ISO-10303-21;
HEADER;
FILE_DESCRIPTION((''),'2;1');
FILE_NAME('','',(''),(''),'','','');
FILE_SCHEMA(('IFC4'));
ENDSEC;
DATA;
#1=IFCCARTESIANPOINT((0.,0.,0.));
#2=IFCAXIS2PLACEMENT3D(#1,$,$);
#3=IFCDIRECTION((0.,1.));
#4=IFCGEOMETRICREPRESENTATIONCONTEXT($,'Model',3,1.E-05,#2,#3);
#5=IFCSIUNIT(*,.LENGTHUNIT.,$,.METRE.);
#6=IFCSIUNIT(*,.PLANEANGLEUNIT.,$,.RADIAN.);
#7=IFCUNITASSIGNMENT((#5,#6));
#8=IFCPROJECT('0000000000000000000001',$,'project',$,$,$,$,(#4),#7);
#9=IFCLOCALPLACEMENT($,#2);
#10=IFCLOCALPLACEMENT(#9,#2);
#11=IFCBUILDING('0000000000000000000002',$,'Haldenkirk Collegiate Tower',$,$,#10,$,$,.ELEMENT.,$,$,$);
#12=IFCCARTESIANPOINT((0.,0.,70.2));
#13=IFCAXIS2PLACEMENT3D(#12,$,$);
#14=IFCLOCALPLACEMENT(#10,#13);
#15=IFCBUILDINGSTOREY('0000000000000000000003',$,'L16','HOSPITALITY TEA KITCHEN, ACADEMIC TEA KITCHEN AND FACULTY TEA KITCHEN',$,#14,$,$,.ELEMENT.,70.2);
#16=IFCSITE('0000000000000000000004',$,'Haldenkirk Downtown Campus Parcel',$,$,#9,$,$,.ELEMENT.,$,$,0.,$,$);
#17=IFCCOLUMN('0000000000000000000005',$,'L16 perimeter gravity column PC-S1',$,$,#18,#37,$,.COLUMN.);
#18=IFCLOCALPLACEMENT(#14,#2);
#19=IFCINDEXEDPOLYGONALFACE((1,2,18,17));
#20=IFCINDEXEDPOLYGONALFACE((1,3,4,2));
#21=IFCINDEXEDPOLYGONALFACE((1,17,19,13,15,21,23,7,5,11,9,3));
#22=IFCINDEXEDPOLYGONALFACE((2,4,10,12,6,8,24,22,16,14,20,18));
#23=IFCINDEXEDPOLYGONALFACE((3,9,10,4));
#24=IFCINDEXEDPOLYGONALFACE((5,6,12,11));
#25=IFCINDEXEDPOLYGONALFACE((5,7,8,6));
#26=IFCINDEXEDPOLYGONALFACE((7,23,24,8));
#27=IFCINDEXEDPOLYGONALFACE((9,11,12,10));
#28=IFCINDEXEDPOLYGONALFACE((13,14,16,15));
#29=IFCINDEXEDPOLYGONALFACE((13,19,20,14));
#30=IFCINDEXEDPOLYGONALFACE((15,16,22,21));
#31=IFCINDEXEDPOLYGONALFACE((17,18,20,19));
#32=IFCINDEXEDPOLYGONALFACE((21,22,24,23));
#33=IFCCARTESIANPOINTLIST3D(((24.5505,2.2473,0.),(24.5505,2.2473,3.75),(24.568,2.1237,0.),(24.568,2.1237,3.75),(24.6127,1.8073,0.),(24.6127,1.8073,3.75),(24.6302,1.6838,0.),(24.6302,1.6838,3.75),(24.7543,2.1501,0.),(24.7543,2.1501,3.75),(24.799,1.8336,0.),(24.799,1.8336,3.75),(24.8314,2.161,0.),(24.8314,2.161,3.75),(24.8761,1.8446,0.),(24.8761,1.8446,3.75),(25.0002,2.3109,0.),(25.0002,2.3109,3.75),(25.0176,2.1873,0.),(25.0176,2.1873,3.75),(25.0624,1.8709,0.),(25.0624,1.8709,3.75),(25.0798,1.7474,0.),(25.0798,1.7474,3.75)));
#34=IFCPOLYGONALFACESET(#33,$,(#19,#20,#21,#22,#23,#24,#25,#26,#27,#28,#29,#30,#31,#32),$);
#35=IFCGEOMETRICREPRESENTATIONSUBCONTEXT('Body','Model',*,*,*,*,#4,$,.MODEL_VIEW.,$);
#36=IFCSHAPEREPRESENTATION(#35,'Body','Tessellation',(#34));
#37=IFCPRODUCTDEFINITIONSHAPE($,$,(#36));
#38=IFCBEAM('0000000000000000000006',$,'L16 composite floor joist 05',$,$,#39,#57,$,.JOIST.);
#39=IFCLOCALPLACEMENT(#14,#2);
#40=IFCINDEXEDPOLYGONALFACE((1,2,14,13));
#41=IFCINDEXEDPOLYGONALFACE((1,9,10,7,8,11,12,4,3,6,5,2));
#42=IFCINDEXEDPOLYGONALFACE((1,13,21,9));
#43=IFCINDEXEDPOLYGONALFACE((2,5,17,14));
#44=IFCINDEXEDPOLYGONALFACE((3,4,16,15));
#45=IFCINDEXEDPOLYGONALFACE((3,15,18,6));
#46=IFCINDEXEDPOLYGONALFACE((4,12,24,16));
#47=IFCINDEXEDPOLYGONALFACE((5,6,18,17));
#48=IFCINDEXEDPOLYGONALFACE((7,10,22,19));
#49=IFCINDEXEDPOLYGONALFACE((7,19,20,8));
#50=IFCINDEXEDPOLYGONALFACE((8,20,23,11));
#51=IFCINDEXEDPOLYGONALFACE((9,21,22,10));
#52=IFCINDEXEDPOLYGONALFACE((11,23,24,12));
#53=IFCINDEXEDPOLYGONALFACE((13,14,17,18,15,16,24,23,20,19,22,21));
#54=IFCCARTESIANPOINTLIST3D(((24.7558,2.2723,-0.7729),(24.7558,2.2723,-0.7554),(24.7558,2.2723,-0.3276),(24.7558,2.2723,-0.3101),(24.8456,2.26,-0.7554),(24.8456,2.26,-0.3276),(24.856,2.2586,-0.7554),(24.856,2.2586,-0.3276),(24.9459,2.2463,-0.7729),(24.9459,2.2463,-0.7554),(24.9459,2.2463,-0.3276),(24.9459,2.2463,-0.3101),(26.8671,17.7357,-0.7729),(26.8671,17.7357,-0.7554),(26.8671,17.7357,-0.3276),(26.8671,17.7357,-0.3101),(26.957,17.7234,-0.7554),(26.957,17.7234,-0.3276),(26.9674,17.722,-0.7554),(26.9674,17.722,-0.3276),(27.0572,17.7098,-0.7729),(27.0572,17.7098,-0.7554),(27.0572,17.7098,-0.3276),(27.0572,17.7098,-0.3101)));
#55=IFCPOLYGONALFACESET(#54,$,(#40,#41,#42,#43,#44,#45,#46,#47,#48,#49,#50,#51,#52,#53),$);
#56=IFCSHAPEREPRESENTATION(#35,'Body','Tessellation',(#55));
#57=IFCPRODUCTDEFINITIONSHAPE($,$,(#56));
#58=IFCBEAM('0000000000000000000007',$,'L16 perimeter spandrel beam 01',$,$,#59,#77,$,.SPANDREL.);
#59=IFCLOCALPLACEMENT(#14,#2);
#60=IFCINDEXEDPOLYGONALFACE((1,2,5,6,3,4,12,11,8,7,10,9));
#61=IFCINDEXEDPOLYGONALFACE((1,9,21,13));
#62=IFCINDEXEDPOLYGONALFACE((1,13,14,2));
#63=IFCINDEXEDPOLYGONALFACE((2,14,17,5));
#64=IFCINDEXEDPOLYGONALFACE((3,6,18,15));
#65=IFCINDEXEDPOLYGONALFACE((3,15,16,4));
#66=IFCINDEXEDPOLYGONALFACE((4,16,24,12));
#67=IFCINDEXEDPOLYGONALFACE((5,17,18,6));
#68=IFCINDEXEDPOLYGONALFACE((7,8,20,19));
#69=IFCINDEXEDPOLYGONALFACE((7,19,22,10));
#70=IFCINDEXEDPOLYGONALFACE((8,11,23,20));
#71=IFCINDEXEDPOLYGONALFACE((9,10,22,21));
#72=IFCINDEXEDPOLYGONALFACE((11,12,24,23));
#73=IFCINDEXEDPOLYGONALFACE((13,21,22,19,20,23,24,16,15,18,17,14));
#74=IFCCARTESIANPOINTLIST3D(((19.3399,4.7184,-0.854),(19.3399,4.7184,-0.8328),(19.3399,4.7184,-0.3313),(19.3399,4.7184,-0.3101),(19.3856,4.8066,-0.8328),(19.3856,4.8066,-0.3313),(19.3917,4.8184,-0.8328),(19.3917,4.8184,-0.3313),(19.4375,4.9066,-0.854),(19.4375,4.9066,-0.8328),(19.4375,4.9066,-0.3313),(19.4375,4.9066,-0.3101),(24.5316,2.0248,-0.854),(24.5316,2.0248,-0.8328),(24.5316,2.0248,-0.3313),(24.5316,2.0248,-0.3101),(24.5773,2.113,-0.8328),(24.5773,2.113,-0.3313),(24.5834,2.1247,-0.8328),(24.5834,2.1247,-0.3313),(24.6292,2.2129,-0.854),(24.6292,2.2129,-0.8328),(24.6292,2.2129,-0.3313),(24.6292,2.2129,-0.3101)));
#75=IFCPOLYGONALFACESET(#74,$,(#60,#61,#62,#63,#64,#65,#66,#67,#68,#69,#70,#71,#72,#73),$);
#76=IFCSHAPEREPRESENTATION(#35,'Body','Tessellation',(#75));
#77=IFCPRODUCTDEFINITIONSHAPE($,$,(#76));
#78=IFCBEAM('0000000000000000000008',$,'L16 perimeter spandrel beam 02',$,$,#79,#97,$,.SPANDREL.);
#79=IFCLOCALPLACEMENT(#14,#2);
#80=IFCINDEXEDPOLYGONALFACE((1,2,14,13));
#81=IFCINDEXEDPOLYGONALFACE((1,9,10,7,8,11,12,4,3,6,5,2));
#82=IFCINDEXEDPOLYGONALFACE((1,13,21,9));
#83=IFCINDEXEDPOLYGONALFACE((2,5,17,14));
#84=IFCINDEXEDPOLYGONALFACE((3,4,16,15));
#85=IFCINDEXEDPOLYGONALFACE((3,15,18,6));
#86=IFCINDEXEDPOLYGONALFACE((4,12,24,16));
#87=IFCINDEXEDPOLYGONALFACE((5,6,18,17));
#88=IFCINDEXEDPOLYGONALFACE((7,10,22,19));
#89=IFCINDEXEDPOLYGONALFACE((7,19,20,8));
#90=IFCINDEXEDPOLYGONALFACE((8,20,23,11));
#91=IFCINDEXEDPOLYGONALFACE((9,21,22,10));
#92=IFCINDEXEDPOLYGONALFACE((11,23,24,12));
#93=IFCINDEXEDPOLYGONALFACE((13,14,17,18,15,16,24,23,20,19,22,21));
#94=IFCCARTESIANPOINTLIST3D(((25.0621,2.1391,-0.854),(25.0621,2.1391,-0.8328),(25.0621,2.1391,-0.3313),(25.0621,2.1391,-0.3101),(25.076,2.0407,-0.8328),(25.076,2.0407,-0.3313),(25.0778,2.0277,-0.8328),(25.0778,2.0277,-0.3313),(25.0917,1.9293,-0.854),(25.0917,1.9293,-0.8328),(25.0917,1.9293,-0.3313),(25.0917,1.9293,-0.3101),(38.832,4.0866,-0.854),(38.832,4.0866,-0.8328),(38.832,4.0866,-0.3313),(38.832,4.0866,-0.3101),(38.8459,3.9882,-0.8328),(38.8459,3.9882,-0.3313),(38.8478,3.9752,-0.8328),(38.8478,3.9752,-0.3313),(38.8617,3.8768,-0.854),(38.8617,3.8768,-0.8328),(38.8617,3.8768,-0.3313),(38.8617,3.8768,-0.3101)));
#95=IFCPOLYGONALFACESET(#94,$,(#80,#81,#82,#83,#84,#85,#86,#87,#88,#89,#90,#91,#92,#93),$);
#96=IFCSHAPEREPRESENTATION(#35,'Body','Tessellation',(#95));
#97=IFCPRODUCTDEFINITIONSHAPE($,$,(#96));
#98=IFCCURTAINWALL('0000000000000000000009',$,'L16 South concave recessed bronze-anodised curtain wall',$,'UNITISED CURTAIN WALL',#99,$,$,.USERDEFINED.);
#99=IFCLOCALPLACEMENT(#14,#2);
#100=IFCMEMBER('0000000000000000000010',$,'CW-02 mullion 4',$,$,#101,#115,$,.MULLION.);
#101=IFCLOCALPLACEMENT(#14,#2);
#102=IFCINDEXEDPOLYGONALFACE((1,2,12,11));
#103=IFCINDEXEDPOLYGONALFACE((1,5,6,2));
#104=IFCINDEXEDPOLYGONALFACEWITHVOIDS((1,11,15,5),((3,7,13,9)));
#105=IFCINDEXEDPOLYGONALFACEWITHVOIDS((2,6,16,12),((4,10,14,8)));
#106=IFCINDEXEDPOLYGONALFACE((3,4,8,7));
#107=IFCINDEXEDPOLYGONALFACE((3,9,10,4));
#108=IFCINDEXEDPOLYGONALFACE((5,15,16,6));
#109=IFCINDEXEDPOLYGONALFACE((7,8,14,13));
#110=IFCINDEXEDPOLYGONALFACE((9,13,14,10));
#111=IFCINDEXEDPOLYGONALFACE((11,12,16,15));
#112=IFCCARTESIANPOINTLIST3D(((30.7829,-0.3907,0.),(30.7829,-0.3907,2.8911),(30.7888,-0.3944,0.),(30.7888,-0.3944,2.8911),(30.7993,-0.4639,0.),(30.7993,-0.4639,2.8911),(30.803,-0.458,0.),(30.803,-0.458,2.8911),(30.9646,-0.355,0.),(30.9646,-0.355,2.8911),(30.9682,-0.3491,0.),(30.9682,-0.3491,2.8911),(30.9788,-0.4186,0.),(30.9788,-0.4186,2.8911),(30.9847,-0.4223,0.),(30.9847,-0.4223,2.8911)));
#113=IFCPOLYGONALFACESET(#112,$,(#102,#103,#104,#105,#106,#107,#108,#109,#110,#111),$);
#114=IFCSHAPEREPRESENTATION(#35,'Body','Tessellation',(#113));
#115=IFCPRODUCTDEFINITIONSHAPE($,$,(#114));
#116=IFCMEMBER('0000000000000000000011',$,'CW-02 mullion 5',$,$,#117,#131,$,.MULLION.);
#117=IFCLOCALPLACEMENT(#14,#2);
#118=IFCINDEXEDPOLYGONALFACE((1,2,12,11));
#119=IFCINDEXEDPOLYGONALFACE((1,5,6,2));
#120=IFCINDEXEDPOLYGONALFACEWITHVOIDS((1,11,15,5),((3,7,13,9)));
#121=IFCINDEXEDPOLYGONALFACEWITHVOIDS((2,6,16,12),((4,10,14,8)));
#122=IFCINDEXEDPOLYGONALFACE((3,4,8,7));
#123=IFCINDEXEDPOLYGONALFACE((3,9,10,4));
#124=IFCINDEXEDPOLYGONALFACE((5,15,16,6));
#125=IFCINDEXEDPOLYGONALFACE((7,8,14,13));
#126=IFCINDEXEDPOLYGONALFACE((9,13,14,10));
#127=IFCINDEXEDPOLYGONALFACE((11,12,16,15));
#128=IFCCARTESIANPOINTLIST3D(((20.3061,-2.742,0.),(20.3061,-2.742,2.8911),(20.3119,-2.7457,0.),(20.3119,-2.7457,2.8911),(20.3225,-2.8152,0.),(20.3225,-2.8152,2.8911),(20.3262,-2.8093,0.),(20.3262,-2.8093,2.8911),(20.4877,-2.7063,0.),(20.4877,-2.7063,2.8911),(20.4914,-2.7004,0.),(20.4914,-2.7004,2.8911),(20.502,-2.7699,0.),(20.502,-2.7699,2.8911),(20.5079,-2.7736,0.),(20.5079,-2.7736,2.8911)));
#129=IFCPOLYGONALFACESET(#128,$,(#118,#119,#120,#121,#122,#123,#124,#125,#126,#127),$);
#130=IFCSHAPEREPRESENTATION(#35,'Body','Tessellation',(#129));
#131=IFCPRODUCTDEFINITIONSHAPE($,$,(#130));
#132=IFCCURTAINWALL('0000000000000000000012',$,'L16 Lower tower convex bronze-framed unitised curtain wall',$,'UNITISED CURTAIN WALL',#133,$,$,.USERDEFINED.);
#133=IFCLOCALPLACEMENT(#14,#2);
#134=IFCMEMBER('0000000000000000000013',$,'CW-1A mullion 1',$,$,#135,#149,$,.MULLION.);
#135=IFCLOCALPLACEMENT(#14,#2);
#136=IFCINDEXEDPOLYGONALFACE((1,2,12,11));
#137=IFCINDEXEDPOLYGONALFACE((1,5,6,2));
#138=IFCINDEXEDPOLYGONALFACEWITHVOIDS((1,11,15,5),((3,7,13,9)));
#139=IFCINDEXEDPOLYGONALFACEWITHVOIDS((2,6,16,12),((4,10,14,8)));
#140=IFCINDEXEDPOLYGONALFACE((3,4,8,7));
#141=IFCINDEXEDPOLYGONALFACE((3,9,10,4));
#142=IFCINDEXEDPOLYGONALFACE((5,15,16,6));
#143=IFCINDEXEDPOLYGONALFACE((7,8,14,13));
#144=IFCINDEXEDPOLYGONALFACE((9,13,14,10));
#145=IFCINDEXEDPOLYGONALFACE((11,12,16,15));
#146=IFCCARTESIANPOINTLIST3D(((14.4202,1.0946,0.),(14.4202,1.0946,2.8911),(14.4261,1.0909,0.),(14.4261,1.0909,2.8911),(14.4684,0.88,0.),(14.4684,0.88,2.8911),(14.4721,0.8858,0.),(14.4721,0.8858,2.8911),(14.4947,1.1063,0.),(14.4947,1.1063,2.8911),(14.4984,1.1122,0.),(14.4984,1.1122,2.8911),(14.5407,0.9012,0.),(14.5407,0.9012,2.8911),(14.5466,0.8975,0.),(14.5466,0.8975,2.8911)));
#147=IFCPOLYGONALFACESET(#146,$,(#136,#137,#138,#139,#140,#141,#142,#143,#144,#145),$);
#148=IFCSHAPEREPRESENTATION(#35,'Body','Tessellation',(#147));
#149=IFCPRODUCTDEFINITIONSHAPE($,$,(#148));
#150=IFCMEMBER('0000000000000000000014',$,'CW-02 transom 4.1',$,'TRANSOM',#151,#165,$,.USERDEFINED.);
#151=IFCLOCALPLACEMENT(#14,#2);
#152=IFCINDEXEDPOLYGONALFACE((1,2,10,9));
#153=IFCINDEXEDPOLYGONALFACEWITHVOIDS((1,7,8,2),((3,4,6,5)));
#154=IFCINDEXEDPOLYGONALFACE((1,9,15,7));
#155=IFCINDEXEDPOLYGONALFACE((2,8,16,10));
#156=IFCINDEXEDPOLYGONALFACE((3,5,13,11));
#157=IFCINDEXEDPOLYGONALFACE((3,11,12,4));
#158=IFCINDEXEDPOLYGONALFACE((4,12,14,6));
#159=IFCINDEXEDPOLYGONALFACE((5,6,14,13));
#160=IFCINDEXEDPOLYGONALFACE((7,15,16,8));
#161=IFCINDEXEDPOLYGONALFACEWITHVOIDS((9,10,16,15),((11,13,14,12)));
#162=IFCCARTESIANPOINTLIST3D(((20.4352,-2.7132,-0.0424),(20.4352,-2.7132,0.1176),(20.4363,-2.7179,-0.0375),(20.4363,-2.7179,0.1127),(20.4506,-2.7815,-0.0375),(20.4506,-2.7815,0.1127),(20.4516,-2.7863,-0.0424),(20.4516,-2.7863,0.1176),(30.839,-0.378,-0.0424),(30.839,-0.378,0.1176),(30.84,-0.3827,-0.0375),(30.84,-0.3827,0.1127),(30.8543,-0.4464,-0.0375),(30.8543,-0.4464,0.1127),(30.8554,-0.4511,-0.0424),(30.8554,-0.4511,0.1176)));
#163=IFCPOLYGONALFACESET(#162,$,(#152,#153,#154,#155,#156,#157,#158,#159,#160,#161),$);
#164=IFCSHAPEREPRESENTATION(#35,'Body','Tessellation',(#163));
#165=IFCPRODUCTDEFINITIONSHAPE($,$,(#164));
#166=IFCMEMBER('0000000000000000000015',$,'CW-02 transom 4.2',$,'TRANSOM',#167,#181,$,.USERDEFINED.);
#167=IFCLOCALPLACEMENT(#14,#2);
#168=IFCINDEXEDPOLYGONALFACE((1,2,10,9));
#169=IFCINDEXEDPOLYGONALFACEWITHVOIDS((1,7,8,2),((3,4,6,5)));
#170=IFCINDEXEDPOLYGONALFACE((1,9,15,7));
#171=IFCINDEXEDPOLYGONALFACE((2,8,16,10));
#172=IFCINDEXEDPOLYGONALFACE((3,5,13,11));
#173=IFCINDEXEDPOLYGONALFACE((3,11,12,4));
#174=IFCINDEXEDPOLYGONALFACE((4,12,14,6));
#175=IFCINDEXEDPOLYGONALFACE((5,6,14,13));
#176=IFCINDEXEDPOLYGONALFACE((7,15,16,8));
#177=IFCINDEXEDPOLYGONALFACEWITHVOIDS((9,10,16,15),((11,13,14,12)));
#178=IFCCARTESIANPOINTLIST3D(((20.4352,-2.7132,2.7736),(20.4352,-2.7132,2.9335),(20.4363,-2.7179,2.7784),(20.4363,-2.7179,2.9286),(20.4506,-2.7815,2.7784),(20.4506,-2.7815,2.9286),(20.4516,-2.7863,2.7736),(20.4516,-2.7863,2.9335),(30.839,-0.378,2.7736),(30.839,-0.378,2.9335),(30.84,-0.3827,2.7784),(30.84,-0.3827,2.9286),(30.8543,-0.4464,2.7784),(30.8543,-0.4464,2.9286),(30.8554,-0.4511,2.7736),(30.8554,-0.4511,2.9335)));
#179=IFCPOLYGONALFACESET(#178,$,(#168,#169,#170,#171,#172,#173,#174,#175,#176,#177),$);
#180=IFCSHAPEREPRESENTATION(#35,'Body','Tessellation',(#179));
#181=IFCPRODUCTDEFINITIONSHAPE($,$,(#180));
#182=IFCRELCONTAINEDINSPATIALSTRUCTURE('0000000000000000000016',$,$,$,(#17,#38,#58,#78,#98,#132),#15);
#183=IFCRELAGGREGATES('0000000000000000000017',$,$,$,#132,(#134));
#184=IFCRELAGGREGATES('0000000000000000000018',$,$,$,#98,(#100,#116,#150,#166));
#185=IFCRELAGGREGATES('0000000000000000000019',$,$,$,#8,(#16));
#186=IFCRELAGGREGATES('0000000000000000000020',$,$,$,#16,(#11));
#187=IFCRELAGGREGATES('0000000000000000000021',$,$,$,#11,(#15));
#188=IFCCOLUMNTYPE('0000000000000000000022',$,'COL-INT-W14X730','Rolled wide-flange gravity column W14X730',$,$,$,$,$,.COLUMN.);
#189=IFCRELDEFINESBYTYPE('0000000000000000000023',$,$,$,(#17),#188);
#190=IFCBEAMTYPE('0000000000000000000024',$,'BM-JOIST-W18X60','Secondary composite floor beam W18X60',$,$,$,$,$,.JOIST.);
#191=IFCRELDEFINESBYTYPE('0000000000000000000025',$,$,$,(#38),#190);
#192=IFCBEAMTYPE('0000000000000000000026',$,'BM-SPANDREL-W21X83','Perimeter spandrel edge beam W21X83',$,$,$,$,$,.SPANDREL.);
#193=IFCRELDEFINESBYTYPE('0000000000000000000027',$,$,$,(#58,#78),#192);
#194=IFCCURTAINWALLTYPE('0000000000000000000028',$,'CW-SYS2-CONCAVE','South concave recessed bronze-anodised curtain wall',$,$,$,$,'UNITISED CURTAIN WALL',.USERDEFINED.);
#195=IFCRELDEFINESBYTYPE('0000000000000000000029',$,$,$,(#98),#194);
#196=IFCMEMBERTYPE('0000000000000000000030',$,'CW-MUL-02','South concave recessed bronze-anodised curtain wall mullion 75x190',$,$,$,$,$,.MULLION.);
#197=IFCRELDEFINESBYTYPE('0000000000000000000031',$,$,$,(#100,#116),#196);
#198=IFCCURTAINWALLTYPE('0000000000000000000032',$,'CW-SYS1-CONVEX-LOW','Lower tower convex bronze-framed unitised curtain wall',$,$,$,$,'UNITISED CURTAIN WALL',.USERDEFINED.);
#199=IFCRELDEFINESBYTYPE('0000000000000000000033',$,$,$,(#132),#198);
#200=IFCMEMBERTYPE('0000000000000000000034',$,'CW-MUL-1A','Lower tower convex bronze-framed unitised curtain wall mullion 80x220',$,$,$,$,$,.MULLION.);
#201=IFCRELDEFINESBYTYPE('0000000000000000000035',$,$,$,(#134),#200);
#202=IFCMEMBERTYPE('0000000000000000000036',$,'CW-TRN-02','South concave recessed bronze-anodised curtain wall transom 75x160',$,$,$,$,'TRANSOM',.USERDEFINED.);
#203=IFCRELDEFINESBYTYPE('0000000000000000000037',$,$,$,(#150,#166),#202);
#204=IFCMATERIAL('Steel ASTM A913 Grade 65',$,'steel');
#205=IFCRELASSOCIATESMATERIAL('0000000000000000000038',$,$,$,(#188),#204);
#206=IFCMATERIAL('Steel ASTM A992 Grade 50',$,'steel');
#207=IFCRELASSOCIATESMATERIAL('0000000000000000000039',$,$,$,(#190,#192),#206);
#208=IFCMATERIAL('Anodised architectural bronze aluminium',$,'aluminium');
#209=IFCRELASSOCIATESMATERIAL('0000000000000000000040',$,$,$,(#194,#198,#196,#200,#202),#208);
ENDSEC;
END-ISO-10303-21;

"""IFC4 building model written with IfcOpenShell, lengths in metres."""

from ifc_helpers import new_model, si_unit, direction, frame, origin, origin_2d, place, context, subcontext, project, spatial, hollow_rectangle, i_section, extrude, material, material_profile, profile_set, type_object, element, aggregate, save


model = new_model("IFC4")

# Units and contexts
model_context = context("Model", 3, precision=1e-05, world=origin(), true_north=direction((0.0, 1.0)))
body_context = subcontext(model_context, "Body", "Model", "MODEL_VIEW")
ifc_project = project(units=[si_unit("LENGTHUNIT", "METRE"), si_unit("PLANEANGLEUNIT", "RADIAN")], contexts=[model_context])

# Site, building, storey
site_placement = place(None, origin())
site = spatial("IfcSite", under=ifc_project, at=site_placement, Name="Haldenkirk Downtown Campus Parcel", CompositionType="ELEMENT", RefElevation=0.0)
building_placement = place(site_placement, origin())
building = spatial("IfcBuilding", under=site, at=building_placement, Name="Haldenkirk Collegiate Tower", CompositionType="ELEMENT")
storey_placement = place(building_placement, frame((0.0, 0.0, 70.2)))
storey = spatial("IfcBuildingStorey", under=building, at=storey_placement, Name="L16", Description="HOSPITALITY TEA KITCHEN, ACADEMIC TEA KITCHEN AND FACULTY TEA KITCHEN", CompositionType="ELEMENT", Elevation=70.2)

# Column
ifc_material_1 = material(Name="Steel ASTM A913 Grade 65", Category="steel")
ifc_material_profile_1 = material_profile(ifc_material_1, i_section(OverallWidth=0.4541, OverallDepth=0.5691, WebThickness=0.0779, FlangeThickness=0.1248, at=origin_2d()), Name="W14X730")
ifc_profile_set_1 = profile_set([ifc_material_profile_1], Name="Steel ASTM A913 Grade 65")
column_type = type_object("IfcColumnType", Name="COL-INT-W14X730", Description="Rolled wide-flange gravity column W14X730", PredefinedType="COLUMN", material=ifc_profile_set_1)
column_placement = place(storey_placement, frame((24.8152, 1.9973, 0.0), z_axis=(0.0, 0.0, 1.0), x_axis=(0.990146, 0.140037, 0.0)))
element("IfcColumn", 1, at=column_placement, inside=storey, type_object=column_type, Name="L16 perimeter gravity column PC-S1", PredefinedType="COLUMN", context=body_context, shape_type="SweptSolid", body=[
    extrude(i_section(OverallWidth=0.4541, OverallDepth=0.5691, WebThickness=0.0779, FlangeThickness=0.1248, at=origin_2d()), origin(), (0.0, 0.0, 1.0), 3.75),
])

# Beams
ifc_material_2 = material(Name="Steel ASTM A992 Grade 50", Category="steel")
ifc_material_profile_2 = material_profile(ifc_material_2, i_section(OverallWidth=0.1919, OverallDepth=0.4629, WebThickness=0.0105, FlangeThickness=0.0176, at=origin_2d()), Name="W18X60")
ifc_profile_set_2 = profile_set([ifc_material_profile_2], Name="Steel ASTM A992 Grade 50")
beam_type_1 = type_object("IfcBeamType", Name="BM-JOIST-W18X60", Description="Secondary composite floor beam W18X60", PredefinedType="JOIST", material=ifc_profile_set_2)
beam_1_placement = place(storey_placement, frame((24.8508, 2.2593, -0.5415), z_axis=(0.135282, 0.990807, 0.0), x_axis=(-0.990807, 0.135282, 0.0)))
element("IfcBeam", 2, at=beam_1_placement, inside=storey, type_object=beam_type_1, Name="L16 composite floor joist 05", PredefinedType="JOIST", context=body_context, shape_type="SweptSolid", body=[
    extrude(i_section(OverallWidth=0.1919, OverallDepth=0.4629, WebThickness=0.0105, FlangeThickness=0.0176, at=origin_2d()), origin(), (0.0, 0.0, 1.0), 15.6069),
])
ifc_material_profile_3 = material_profile(ifc_material_2, i_section(OverallWidth=0.2119, OverallDepth=0.5439, WebThickness=0.0132, FlangeThickness=0.0212, at=origin_2d()), Name="W21X83")
ifc_profile_set_3 = profile_set([ifc_material_profile_3], Name="Steel ASTM A992 Grade 50")
beam_type_2 = type_object("IfcBeamType", Name="BM-SPANDREL-W21X83", Description="Perimeter spandrel edge beam W21X83", PredefinedType="SPANDREL", material=ifc_profile_set_3)
beam_2_placement = place(storey_placement, frame((19.3887, 4.8125, -0.582), z_axis=(0.88764, -0.460538, 0.0), x_axis=(0.460538, 0.88764, 0.0)))
element("IfcBeam", 3, at=beam_2_placement, inside=storey, type_object=beam_type_2, Name="L16 perimeter spandrel beam 01", PredefinedType="SPANDREL", context=body_context, shape_type="SweptSolid", body=[
    extrude(i_section(OverallWidth=0.2119, OverallDepth=0.5439, WebThickness=0.0132, FlangeThickness=0.0212, at=origin_2d()), origin(), (0.0, 0.0, 1.0), 5.8489),
])
beam_3_placement = place(storey_placement, frame((25.0769, 2.0342, -0.582), z_axis=(0.990146, 0.140038, 0.0), x_axis=(-0.140038, 0.990146, 0.0)))
element("IfcBeam", 4, at=beam_3_placement, inside=storey, type_object=beam_type_2, Name="L16 perimeter spandrel beam 02", PredefinedType="SPANDREL", context=body_context, shape_type="SweptSolid", body=[
    extrude(i_section(OverallWidth=0.2119, OverallDepth=0.5439, WebThickness=0.0132, FlangeThickness=0.0212, at=origin_2d()), origin(), (0.0, 0.0, 1.0), 13.907),
])

# Curtain wall, members
ifc_material_3 = material(Name="Anodised architectural bronze aluminium", Category="aluminium")
curtain_wall_type_1 = type_object("IfcCurtainWallType", Name="CW-SYS2-CONCAVE", Description="South concave recessed bronze-anodised curtain wall", ElementType="UNITISED CURTAIN WALL", PredefinedType="USERDEFINED", material=ifc_material_3)
curtain_wall_1_placement = place(storey_placement, origin())
curtain_wall_1 = element("IfcCurtainWall", 5, at=curtain_wall_1_placement, inside=storey, type_object=curtain_wall_type_1, Name="L16 South concave recessed bronze-anodised curtain wall", ObjectType="UNITISED CURTAIN WALL", PredefinedType="USERDEFINED")
ifc_material_profile_4 = material_profile(ifc_material_3, hollow_rectangle(XDim=0.075, YDim=0.1899, WallThickness=0.0049, at=origin_2d()), Name="CW-MUL-02")
ifc_profile_set_4 = profile_set([ifc_material_profile_4], Name="Anodised architectural bronze aluminium")
member_type_1 = type_object("IfcMemberType", Name="CW-MUL-02", Description="South concave recessed bronze-anodised curtain wall mullion 75x190", PredefinedType="MULLION", material=ifc_profile_set_4)
member_1_placement = place(storey_placement, frame((30.8838, -0.4065, 0.0), z_axis=(0.0, 0.0, 1.0), x_axis=(0.218994, -0.975726, 0.0)))
member_1 = element("IfcMember", 6, at=member_1_placement, type_object=member_type_1, Name="CW-02 mullion 4", PredefinedType="MULLION", context=body_context, shape_type="SweptSolid", body=[
    extrude(hollow_rectangle(XDim=0.075, YDim=0.1899, WallThickness=0.0049, at=origin_2d()), origin(), (0.0, 0.0, 1.0), 2.8911),
])
member_2_placement = place(storey_placement, frame((20.407, -2.7578, 0.0), z_axis=(0.0, 0.0, 1.0), x_axis=(0.218994, -0.975726, 0.0)))
member_2 = element("IfcMember", 7, at=member_2_placement, type_object=member_type_1, Name="CW-02 mullion 5", PredefinedType="MULLION", context=body_context, shape_type="SweptSolid", body=[
    extrude(hollow_rectangle(XDim=0.075, YDim=0.1899, WallThickness=0.0049, at=origin_2d()), origin(), (0.0, 0.0, 1.0), 2.8911),
])

# Curtain wall, member
curtain_wall_type_2 = type_object("IfcCurtainWallType", Name="CW-SYS1-CONVEX-LOW", Description="Lower tower convex bronze-framed unitised curtain wall", ElementType="UNITISED CURTAIN WALL", PredefinedType="USERDEFINED", material=ifc_material_3)
curtain_wall_2_placement = place(storey_placement, origin())
curtain_wall_2 = element("IfcCurtainWall", 8, at=curtain_wall_2_placement, inside=storey, type_object=curtain_wall_type_2, Name="L16 Lower tower convex bronze-framed unitised curtain wall", ObjectType="UNITISED CURTAIN WALL", PredefinedType="USERDEFINED")
ifc_material_profile_5 = material_profile(ifc_material_3, hollow_rectangle(XDim=0.0801, YDim=0.22, WallThickness=0.0049, at=origin_2d()), Name="CW-MUL-1A")
ifc_profile_set_5 = profile_set([ifc_material_profile_5], Name="Anodised architectural bronze aluminium")
member_type_2 = type_object("IfcMemberType", Name="CW-MUL-1A", Description="Lower tower convex bronze-framed unitised curtain wall mullion 80x220", PredefinedType="MULLION", material=ifc_profile_set_5)
member_3_placement = place(storey_placement, frame((14.4834, 0.9961, 0.0), z_axis=(0.0, 0.0, 1.0), x_axis=(-0.975726, -0.218995, 0.0)))
member_3 = element("IfcMember", 9, at=member_3_placement, type_object=member_type_2, Name="CW-1A mullion 1", PredefinedType="MULLION", context=body_context, shape_type="SweptSolid", body=[
    extrude(hollow_rectangle(XDim=0.0801, YDim=0.22, WallThickness=0.0049, at=origin_2d()), origin(), (0.0, 0.0, 1.0), 2.8911),
])

# Members
ifc_material_profile_6 = material_profile(ifc_material_3, hollow_rectangle(XDim=0.075, YDim=0.1599, WallThickness=0.0049, at=origin_2d()), Name="CW-TRN-02")
ifc_profile_set_6 = profile_set([ifc_material_profile_6], Name="Anodised architectural bronze aluminium")
member_type_3 = type_object("IfcMemberType", Name="CW-TRN-02", Description="South concave recessed bronze-anodised curtain wall transom 75x160", ElementType="TRANSOM", PredefinedType="USERDEFINED", material=ifc_profile_set_6)
member_4_placement = place(storey_placement, frame((30.8472, -0.4146, 0.0376), z_axis=(-0.975723, -0.219008, 0.0), x_axis=(0.219008, -0.975723, 0.0)))
member_4 = element("IfcMember", 10, at=member_4_placement, type_object=member_type_3, Name="CW-02 transom 4.1", ObjectType="TRANSOM", PredefinedType="USERDEFINED", context=body_context, shape_type="SweptSolid", body=[
    extrude(hollow_rectangle(XDim=0.075, YDim=0.1599, WallThickness=0.0049, at=origin_2d()), origin(), (0.0, 0.0, 1.0), 10.6626),
])
member_5_placement = place(storey_placement, frame((30.8472, -0.4146, 2.8535), z_axis=(-0.975723, -0.219008, 0.0), x_axis=(0.219008, -0.975723, 0.0)))
member_5 = element("IfcMember", 11, at=member_5_placement, type_object=member_type_3, Name="CW-02 transom 4.2", ObjectType="TRANSOM", PredefinedType="USERDEFINED", context=body_context, shape_type="SweptSolid", body=[
    extrude(hollow_rectangle(XDim=0.075, YDim=0.1599, WallThickness=0.0049, at=origin_2d()), origin(), (0.0, 0.0, 1.0), 10.6626),
])
aggregate(curtain_wall_2, [member_3])

aggregate(curtain_wall_1, [member_1, member_2, member_4, member_5])

save(model, "model.ifc")
